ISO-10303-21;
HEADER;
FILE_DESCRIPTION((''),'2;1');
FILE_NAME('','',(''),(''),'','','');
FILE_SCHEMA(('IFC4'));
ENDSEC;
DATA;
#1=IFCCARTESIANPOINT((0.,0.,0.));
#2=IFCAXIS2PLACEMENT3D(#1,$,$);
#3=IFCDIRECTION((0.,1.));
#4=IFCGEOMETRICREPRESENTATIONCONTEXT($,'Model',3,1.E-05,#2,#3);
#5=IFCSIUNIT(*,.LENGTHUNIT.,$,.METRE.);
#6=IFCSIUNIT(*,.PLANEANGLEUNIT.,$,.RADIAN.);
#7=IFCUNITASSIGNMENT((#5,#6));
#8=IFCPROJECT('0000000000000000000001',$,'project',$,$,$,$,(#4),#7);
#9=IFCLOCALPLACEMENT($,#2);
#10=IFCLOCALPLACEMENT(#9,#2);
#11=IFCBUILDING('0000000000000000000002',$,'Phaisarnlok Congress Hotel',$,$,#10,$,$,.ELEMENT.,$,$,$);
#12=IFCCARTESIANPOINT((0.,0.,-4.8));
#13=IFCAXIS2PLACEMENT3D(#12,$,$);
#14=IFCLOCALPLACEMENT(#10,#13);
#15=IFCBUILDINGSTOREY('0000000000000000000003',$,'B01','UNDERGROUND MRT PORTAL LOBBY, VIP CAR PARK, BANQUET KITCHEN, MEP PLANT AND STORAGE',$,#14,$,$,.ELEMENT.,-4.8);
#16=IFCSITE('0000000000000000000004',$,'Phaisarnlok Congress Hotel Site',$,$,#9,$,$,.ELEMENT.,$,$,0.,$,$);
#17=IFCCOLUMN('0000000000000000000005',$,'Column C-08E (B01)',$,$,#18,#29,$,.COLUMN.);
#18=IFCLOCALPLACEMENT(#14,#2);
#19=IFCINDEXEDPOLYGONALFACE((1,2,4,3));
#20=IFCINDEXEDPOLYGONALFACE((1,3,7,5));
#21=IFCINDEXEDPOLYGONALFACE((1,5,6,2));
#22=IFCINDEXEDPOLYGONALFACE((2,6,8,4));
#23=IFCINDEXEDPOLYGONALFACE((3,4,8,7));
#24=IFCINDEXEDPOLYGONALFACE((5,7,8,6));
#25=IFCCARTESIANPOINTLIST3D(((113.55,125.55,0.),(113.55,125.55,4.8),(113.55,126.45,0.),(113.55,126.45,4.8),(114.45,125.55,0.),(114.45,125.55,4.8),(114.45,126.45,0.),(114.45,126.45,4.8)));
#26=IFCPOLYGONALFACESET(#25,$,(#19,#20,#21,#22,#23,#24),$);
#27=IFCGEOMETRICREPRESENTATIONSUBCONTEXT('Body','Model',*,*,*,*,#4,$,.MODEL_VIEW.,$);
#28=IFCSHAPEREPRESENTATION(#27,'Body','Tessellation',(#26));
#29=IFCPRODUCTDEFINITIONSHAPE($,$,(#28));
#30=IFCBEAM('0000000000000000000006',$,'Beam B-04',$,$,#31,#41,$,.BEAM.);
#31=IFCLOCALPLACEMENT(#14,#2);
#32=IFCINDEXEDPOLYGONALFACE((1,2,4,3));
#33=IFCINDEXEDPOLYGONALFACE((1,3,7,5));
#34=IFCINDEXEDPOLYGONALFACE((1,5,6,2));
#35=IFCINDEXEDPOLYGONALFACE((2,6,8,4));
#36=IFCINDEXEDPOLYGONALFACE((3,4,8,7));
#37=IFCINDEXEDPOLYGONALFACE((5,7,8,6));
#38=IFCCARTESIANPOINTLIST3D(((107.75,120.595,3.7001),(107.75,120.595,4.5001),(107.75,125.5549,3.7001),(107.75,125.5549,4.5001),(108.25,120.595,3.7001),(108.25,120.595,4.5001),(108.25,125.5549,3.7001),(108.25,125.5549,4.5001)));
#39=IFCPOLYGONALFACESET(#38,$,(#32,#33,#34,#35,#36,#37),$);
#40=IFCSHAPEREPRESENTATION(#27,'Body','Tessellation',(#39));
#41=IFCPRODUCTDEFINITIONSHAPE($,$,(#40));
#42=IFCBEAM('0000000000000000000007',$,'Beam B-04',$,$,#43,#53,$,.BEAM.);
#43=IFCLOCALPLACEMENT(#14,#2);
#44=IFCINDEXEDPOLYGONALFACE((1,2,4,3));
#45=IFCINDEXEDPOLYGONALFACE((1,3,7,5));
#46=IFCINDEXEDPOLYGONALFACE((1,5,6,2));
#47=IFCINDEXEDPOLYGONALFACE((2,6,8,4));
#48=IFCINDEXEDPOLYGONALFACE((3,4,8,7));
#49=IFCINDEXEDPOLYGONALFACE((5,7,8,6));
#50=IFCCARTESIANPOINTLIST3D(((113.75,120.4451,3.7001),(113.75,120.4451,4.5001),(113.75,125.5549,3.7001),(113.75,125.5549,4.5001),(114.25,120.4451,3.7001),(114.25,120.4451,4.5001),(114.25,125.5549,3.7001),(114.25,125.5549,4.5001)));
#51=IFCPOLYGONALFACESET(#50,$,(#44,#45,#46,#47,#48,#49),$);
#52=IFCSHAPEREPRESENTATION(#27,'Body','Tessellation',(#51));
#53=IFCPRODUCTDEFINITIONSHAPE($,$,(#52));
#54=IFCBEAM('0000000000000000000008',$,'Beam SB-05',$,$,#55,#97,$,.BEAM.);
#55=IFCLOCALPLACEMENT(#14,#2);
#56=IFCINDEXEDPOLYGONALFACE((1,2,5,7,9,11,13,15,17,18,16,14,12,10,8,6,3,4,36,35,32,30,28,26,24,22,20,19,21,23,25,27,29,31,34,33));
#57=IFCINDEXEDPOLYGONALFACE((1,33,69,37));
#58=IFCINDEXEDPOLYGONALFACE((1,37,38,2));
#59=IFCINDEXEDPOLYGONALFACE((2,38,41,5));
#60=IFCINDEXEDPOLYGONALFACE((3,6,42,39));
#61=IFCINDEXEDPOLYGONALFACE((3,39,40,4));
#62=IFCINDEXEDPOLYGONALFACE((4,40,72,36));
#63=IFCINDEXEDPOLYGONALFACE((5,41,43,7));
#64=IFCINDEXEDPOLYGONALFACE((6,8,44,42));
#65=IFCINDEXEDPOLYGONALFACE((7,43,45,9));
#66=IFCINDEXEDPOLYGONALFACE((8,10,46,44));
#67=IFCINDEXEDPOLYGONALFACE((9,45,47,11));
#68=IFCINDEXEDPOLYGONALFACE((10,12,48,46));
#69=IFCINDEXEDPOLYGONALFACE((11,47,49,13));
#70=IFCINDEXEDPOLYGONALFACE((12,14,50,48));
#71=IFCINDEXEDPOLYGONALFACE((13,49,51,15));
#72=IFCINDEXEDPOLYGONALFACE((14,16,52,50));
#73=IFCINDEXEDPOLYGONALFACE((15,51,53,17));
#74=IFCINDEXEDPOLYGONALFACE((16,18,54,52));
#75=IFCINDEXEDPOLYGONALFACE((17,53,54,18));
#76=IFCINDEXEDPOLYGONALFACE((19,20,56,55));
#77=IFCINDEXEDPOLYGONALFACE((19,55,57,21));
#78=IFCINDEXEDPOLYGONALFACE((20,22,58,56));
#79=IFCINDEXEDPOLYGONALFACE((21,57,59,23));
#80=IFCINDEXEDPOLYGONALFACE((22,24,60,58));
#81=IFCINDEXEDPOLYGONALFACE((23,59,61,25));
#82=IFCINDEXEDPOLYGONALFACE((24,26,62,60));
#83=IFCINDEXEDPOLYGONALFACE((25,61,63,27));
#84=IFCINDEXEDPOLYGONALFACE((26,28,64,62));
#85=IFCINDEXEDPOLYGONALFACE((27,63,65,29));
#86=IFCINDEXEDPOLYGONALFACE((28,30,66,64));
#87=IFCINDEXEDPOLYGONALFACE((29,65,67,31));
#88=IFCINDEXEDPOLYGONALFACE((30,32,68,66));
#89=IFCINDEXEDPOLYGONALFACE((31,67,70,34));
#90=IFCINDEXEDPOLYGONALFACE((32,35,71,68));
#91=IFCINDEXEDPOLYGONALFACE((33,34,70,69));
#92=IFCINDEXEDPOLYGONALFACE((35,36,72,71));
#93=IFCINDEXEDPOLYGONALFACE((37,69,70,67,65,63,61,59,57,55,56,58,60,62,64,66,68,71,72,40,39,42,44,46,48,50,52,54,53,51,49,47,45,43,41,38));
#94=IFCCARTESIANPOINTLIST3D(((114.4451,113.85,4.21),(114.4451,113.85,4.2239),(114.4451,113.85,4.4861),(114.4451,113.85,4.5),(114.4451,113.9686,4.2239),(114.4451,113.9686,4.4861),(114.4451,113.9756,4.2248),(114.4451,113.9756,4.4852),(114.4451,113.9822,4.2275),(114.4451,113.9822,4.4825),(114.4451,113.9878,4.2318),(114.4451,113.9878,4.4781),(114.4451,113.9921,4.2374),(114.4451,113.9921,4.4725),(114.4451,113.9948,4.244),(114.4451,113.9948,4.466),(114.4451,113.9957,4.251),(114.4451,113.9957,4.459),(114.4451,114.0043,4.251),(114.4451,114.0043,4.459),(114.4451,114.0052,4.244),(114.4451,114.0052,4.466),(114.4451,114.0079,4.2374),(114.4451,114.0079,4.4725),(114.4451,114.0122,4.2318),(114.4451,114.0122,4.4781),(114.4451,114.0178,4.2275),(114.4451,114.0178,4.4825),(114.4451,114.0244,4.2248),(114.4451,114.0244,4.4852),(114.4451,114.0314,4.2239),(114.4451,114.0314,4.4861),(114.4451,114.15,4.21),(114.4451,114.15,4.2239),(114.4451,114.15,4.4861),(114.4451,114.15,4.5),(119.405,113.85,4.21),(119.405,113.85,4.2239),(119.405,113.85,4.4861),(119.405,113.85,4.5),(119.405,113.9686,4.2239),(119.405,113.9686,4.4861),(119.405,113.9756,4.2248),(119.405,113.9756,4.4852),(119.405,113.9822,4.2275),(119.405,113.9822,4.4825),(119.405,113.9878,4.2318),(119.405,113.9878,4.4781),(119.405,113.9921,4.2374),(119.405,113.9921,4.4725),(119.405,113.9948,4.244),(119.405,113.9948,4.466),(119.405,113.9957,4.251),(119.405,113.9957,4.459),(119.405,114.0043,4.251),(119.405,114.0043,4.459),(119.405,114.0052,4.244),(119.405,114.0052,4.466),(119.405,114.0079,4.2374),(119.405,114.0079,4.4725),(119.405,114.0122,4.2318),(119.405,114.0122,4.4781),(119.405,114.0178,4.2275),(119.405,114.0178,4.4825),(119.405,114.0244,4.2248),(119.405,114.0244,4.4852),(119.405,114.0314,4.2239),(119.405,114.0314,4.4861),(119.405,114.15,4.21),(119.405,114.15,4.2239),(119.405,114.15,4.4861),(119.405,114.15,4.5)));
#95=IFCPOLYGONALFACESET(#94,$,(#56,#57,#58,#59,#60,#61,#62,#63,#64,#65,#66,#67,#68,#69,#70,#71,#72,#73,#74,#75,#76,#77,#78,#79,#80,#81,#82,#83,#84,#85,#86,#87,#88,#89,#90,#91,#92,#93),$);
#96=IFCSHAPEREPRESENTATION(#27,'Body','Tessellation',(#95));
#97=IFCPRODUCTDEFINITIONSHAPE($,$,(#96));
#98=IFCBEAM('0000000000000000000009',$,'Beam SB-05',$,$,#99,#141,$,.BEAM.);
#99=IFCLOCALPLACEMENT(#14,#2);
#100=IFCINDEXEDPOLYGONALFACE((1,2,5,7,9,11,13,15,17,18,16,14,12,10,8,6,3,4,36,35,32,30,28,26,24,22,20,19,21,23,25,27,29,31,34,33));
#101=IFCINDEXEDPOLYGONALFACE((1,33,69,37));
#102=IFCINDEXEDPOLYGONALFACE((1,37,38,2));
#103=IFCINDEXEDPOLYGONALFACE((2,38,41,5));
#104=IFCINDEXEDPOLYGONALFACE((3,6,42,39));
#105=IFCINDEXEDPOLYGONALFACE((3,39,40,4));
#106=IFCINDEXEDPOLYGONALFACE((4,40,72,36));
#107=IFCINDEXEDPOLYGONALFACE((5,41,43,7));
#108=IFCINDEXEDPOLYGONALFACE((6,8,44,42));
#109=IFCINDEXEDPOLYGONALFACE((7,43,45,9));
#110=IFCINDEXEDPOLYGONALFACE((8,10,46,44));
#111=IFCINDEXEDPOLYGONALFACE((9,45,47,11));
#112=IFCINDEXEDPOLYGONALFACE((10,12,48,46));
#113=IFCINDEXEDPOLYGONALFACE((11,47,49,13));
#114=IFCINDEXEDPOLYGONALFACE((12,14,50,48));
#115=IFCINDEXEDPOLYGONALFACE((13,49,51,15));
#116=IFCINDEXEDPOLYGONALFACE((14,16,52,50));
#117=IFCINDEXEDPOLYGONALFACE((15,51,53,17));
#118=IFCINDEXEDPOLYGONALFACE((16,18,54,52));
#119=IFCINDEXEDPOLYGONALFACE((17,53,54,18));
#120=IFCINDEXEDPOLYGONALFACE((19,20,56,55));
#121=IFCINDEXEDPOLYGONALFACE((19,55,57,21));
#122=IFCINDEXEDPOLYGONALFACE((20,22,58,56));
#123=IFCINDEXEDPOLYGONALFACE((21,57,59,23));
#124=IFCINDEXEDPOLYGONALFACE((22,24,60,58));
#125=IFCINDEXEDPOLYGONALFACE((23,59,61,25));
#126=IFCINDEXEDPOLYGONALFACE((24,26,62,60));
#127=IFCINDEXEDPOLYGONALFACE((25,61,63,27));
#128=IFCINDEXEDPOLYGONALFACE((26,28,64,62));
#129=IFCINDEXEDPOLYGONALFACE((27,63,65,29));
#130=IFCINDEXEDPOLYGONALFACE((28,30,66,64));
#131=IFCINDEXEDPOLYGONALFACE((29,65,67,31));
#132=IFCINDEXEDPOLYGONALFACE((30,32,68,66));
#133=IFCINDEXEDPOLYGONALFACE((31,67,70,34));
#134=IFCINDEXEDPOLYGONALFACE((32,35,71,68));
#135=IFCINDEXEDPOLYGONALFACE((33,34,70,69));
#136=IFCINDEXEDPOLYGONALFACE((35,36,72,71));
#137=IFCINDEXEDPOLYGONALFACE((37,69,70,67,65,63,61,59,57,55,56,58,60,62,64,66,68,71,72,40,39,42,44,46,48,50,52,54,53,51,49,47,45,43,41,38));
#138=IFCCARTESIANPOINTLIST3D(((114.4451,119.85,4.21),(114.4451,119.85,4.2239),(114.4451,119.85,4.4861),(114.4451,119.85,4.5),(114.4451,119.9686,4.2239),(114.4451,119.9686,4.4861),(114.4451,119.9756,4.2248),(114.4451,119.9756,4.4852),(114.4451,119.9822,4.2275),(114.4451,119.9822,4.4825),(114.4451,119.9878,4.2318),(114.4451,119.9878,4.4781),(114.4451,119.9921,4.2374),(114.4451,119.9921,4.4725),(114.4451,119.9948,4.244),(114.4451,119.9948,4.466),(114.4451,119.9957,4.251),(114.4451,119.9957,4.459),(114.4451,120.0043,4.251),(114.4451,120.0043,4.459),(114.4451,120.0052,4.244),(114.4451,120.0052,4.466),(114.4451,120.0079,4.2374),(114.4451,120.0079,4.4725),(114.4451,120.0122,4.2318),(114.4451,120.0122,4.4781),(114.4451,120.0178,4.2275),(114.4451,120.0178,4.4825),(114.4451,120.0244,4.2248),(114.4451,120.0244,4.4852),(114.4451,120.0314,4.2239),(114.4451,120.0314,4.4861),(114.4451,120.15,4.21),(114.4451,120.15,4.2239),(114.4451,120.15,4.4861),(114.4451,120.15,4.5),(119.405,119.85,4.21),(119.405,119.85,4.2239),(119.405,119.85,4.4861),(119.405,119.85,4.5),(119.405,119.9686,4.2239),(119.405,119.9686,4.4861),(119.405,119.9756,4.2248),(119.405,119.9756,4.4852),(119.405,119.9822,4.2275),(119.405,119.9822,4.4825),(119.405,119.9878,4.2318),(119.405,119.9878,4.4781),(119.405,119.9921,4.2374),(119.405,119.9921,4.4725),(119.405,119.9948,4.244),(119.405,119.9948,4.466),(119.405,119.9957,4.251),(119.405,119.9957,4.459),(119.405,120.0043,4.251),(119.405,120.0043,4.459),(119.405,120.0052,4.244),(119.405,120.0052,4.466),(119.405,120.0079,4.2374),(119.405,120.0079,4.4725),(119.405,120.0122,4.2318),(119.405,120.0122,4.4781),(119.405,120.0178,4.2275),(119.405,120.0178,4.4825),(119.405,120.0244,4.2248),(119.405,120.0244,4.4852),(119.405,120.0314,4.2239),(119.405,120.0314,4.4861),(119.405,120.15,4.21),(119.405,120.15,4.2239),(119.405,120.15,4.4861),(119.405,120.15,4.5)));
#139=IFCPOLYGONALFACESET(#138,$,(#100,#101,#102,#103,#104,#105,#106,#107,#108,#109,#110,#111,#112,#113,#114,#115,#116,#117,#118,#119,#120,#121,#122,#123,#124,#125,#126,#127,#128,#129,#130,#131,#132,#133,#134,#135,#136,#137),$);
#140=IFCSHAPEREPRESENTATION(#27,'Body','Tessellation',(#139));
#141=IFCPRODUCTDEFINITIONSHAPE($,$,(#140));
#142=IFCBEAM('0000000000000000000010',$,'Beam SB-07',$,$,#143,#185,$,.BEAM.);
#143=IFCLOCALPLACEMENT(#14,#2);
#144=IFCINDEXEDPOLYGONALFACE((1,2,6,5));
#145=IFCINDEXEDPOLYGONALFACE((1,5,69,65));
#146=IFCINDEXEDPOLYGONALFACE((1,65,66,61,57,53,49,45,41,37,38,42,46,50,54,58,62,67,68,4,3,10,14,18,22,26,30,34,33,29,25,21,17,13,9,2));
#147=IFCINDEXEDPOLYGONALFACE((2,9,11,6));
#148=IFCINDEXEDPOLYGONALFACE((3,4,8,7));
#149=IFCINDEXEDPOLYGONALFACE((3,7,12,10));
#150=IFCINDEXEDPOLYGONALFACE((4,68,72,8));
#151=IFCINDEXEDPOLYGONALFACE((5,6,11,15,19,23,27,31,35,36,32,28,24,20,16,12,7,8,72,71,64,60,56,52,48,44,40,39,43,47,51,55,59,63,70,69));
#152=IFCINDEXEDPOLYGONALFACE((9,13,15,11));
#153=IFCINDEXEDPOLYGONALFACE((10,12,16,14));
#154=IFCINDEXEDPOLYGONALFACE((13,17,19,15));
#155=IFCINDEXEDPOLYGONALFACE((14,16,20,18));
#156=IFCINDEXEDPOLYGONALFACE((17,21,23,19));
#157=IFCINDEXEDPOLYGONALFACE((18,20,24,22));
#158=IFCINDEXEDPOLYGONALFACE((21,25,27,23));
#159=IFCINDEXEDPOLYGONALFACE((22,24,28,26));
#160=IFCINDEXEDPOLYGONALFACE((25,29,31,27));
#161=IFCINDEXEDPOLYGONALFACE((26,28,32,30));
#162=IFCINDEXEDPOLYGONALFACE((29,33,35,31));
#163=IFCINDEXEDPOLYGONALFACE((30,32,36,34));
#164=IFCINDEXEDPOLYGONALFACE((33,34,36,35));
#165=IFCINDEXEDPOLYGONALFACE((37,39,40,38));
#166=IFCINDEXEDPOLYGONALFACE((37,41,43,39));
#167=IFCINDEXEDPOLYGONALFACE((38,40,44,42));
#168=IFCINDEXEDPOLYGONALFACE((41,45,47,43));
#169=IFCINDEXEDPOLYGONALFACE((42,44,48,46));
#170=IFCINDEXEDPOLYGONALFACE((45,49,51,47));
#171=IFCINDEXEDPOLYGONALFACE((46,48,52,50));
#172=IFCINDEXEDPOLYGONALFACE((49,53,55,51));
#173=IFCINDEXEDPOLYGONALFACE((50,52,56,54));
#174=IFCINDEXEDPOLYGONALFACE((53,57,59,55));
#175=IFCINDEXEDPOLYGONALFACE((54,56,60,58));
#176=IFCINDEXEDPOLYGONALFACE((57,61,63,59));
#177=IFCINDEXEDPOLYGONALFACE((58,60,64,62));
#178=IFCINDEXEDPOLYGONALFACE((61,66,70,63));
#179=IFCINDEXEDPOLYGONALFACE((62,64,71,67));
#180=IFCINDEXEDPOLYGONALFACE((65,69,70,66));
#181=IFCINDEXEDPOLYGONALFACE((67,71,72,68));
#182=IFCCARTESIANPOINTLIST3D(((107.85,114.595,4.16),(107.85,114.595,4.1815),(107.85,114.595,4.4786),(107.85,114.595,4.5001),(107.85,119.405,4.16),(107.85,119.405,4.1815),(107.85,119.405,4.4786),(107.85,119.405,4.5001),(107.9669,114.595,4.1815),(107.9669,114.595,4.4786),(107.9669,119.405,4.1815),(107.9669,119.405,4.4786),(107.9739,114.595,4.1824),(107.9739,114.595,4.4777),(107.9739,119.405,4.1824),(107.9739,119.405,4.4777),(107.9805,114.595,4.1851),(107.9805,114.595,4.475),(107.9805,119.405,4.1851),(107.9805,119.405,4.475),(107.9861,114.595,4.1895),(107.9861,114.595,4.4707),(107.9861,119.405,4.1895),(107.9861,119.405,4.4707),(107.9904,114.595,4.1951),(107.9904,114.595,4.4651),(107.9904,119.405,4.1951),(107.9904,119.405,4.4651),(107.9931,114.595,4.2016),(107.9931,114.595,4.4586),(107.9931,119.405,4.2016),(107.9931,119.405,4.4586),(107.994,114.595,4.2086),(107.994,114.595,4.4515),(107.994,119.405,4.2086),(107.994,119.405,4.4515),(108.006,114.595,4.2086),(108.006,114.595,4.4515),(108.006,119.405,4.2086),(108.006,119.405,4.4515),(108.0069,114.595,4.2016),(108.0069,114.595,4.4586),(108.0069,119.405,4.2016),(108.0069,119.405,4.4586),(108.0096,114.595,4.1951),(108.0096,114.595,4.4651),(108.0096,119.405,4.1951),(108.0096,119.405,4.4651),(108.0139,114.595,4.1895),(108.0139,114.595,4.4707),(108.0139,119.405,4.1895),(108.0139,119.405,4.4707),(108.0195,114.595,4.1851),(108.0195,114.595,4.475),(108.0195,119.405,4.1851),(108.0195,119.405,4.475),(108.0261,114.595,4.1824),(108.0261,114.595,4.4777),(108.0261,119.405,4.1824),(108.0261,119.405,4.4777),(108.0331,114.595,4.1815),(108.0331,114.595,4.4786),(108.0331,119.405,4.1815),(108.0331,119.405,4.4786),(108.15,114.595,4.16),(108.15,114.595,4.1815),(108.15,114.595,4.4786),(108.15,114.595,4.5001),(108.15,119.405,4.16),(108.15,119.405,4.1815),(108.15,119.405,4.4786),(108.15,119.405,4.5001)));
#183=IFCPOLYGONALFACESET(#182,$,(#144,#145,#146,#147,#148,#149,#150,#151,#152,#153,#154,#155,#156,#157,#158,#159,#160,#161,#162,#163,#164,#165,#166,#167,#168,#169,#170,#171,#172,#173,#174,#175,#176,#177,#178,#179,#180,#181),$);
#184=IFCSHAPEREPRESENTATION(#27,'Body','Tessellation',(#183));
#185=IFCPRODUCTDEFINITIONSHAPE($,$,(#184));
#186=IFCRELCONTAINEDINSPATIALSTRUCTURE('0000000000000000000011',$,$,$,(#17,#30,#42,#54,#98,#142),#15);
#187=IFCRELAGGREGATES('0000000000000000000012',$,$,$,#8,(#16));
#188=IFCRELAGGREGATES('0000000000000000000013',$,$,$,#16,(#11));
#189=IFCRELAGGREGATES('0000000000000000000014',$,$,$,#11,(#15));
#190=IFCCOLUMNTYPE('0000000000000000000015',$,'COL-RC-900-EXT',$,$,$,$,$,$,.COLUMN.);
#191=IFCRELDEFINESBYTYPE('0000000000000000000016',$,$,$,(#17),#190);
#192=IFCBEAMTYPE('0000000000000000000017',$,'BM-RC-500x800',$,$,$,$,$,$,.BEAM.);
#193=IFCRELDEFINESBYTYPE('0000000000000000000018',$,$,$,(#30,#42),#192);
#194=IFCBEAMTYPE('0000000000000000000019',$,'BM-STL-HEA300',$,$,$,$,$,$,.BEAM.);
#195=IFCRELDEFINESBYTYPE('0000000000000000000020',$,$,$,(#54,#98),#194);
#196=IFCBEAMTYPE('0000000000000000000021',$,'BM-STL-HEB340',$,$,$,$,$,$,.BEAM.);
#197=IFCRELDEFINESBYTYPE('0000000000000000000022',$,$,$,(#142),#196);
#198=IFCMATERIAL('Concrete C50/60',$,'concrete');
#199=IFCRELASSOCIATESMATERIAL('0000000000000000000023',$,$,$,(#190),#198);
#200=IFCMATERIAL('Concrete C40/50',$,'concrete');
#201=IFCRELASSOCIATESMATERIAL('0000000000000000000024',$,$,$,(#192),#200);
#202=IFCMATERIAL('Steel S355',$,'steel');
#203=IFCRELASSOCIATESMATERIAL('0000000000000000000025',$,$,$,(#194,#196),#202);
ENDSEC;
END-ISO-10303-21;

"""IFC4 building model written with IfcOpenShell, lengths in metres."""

from ifc_helpers import new_model, si_unit, direction, frame, origin, origin_2d, place, context, subcontext, project, spatial, rectangle, i_section, extrude, material, material_profile, profile_set, type_object, element, save


model = new_model("IFC4")

# Units and contexts
model_context = context("Model", 3, precision=1e-05, world=origin(), true_north=direction((0.0, 1.0)))
body_context = subcontext(model_context, "Body", "Model", "MODEL_VIEW")
ifc_project = project(units=[si_unit("LENGTHUNIT", "METRE"), si_unit("PLANEANGLEUNIT", "RADIAN")], contexts=[model_context])

# Site, building, storey
site_placement = place(None, origin())
site = spatial("IfcSite", under=ifc_project, at=site_placement, Name="Phaisarnlok Congress Hotel Site", CompositionType="ELEMENT", RefElevation=0.0)
building_placement = place(site_placement, origin())
building = spatial("IfcBuilding", under=site, at=building_placement, Name="Phaisarnlok Congress Hotel", CompositionType="ELEMENT")
storey_placement = place(building_placement, frame((0.0, 0.0, -4.8)))
storey = spatial("IfcBuildingStorey", under=building, at=storey_placement, Name="B01", Description="UNDERGROUND MRT PORTAL LOBBY, VIP CAR PARK, BANQUET KITCHEN, MEP PLANT AND STORAGE", CompositionType="ELEMENT", Elevation=-4.8)

# Shared definitions
ifc_material_1 = material(Name="Concrete C40/50", Category="concrete")

# Column
ifc_material_2 = material(Name="Concrete C50/60", Category="concrete")
ifc_material_profile_1 = material_profile(ifc_material_2, rectangle(XDim=0.8999, YDim=0.8999, at=origin_2d()), Name="RC 900x900")
ifc_profile_set_1 = profile_set([ifc_material_profile_1], Name="Concrete C50/60")
column_type_1 = type_object("IfcColumnType", Name="COL-RC-900-EXT", PredefinedType="COLUMN", material=ifc_profile_set_1)
for number, where, z_axis, x_axis, name in (
    (1, (114.0, 126.0, 0.0), (0.0, 0.0, 1.0), (1.0, 0.0, 0.0), "Column C-08E (B01)"),
):
    element("IfcColumn", number, at=place(storey_placement, frame(where, z_axis=z_axis, x_axis=x_axis)), inside=storey, type_object=column_type_1, Name=name, PredefinedType="COLUMN", context=body_context, shape_type="SweptSolid", body=[
        extrude(rectangle(XDim=0.8999, YDim=0.8999, at=origin_2d()), origin(), (0.0, 0.0, 1.0), 4.8),
    ])

# Beams
ifc_material_profile_2 = material_profile(ifc_material_1, rectangle(XDim=0.5, YDim=0.8, at=origin_2d()), Name="RC 500x800")
ifc_profile_set_2 = profile_set([ifc_material_profile_2], Name="Concrete C40/50")
beam_type_1 = type_object("IfcBeamType", Name="BM-RC-500x800", PredefinedType="BEAM", material=ifc_profile_set_2)
beam_1_placement = place(storey_placement, frame((108.0, 120.595, 4.1001), z_axis=(0.0, 1.0, 0.0), x_axis=(-1.0, 0.0, 0.0)))
element("IfcBeam", 2, at=beam_1_placement, inside=storey, type_object=beam_type_1, Name="Beam B-04", PredefinedType="BEAM", context=body_context, shape_type="SweptSolid", body=[
    extrude(rectangle(XDim=0.5, YDim=0.8, at=origin_2d()), origin(), (0.0, 0.0, 1.0), 4.96),
])
beam_2_placement = place(storey_placement, frame((114.0, 120.4451, 4.1001), z_axis=(0.0, 1.0, 0.0), x_axis=(-1.0, 0.0, 0.0)))
element("IfcBeam", 3, at=beam_2_placement, inside=storey, type_object=beam_type_1, Name="Beam B-04", PredefinedType="BEAM", context=body_context, shape_type="SweptSolid", body=[
    extrude(rectangle(XDim=0.5, YDim=0.8, at=origin_2d()), origin(), (0.0, 0.0, 1.0), 5.1099),
])
ifc_material_3 = material(Name="Steel S355", Category="steel")
ifc_material_profile_3 = material_profile(ifc_material_3, i_section(OverallWidth=0.3, OverallDepth=0.29, WebThickness=0.0085, FlangeThickness=0.0139, FilletRadius=0.0271, at=origin_2d()), Name="HEA 300")
ifc_profile_set_3 = profile_set([ifc_material_profile_3], Name="Steel S355")
beam_type_2 = type_object("IfcBeamType", Name="BM-STL-HEA300", PredefinedType="BEAM", material=ifc_profile_set_3)
for number, where, z_axis, x_axis, name in (
    (4, (114.4451, 114.0, 4.355), (1.0, 0.0, 0.0), (0.0, 1.0, 0.0), "Beam SB-05"),
    (5, (114.4451, 120.0, 4.355), (1.0, 0.0, 0.0), (0.0, 1.0, 0.0), "Beam SB-05"),
):
    element("IfcBeam", number, at=place(storey_placement, frame(where, z_axis=z_axis, x_axis=x_axis)), inside=storey, type_object=beam_type_2, Name=name, PredefinedType="BEAM", context=body_context, shape_type="SweptSolid", body=[
        extrude(i_section(OverallWidth=0.3, OverallDepth=0.29, WebThickness=0.0085, FlangeThickness=0.0139, FilletRadius=0.0271, at=origin_2d()), origin(), (0.0, 0.0, 1.0), 4.96),
    ])
ifc_material_profile_4 = material_profile(ifc_material_3, i_section(OverallWidth=0.3, OverallDepth=0.3401, WebThickness=0.012, FlangeThickness=0.0215, FilletRadius=0.0271, at=origin_2d()), Name="HEB 340")
ifc_profile_set_4 = profile_set([ifc_material_profile_4], Name="Steel S355")
beam_type_3 = type_object("IfcBeamType", Name="BM-STL-HEB340", PredefinedType="BEAM", material=ifc_profile_set_4)
beam_3_placement = place(storey_placement, frame((108.0, 114.595, 4.3301), z_axis=(0.0, 1.0, 0.0), x_axis=(-1.0, 0.0, 0.0)))
element("IfcBeam", 6, at=beam_3_placement, inside=storey, type_object=beam_type_3, Name="Beam SB-07", PredefinedType="BEAM", context=body_context, shape_type="SweptSolid", body=[
    extrude(i_section(OverallWidth=0.3, OverallDepth=0.3401, WebThickness=0.012, FlangeThickness=0.0215, FilletRadius=0.0271, at=origin_2d()), origin(), (0.0, 0.0, 1.0), 4.8101),
])

save(model, "model.ifc")
